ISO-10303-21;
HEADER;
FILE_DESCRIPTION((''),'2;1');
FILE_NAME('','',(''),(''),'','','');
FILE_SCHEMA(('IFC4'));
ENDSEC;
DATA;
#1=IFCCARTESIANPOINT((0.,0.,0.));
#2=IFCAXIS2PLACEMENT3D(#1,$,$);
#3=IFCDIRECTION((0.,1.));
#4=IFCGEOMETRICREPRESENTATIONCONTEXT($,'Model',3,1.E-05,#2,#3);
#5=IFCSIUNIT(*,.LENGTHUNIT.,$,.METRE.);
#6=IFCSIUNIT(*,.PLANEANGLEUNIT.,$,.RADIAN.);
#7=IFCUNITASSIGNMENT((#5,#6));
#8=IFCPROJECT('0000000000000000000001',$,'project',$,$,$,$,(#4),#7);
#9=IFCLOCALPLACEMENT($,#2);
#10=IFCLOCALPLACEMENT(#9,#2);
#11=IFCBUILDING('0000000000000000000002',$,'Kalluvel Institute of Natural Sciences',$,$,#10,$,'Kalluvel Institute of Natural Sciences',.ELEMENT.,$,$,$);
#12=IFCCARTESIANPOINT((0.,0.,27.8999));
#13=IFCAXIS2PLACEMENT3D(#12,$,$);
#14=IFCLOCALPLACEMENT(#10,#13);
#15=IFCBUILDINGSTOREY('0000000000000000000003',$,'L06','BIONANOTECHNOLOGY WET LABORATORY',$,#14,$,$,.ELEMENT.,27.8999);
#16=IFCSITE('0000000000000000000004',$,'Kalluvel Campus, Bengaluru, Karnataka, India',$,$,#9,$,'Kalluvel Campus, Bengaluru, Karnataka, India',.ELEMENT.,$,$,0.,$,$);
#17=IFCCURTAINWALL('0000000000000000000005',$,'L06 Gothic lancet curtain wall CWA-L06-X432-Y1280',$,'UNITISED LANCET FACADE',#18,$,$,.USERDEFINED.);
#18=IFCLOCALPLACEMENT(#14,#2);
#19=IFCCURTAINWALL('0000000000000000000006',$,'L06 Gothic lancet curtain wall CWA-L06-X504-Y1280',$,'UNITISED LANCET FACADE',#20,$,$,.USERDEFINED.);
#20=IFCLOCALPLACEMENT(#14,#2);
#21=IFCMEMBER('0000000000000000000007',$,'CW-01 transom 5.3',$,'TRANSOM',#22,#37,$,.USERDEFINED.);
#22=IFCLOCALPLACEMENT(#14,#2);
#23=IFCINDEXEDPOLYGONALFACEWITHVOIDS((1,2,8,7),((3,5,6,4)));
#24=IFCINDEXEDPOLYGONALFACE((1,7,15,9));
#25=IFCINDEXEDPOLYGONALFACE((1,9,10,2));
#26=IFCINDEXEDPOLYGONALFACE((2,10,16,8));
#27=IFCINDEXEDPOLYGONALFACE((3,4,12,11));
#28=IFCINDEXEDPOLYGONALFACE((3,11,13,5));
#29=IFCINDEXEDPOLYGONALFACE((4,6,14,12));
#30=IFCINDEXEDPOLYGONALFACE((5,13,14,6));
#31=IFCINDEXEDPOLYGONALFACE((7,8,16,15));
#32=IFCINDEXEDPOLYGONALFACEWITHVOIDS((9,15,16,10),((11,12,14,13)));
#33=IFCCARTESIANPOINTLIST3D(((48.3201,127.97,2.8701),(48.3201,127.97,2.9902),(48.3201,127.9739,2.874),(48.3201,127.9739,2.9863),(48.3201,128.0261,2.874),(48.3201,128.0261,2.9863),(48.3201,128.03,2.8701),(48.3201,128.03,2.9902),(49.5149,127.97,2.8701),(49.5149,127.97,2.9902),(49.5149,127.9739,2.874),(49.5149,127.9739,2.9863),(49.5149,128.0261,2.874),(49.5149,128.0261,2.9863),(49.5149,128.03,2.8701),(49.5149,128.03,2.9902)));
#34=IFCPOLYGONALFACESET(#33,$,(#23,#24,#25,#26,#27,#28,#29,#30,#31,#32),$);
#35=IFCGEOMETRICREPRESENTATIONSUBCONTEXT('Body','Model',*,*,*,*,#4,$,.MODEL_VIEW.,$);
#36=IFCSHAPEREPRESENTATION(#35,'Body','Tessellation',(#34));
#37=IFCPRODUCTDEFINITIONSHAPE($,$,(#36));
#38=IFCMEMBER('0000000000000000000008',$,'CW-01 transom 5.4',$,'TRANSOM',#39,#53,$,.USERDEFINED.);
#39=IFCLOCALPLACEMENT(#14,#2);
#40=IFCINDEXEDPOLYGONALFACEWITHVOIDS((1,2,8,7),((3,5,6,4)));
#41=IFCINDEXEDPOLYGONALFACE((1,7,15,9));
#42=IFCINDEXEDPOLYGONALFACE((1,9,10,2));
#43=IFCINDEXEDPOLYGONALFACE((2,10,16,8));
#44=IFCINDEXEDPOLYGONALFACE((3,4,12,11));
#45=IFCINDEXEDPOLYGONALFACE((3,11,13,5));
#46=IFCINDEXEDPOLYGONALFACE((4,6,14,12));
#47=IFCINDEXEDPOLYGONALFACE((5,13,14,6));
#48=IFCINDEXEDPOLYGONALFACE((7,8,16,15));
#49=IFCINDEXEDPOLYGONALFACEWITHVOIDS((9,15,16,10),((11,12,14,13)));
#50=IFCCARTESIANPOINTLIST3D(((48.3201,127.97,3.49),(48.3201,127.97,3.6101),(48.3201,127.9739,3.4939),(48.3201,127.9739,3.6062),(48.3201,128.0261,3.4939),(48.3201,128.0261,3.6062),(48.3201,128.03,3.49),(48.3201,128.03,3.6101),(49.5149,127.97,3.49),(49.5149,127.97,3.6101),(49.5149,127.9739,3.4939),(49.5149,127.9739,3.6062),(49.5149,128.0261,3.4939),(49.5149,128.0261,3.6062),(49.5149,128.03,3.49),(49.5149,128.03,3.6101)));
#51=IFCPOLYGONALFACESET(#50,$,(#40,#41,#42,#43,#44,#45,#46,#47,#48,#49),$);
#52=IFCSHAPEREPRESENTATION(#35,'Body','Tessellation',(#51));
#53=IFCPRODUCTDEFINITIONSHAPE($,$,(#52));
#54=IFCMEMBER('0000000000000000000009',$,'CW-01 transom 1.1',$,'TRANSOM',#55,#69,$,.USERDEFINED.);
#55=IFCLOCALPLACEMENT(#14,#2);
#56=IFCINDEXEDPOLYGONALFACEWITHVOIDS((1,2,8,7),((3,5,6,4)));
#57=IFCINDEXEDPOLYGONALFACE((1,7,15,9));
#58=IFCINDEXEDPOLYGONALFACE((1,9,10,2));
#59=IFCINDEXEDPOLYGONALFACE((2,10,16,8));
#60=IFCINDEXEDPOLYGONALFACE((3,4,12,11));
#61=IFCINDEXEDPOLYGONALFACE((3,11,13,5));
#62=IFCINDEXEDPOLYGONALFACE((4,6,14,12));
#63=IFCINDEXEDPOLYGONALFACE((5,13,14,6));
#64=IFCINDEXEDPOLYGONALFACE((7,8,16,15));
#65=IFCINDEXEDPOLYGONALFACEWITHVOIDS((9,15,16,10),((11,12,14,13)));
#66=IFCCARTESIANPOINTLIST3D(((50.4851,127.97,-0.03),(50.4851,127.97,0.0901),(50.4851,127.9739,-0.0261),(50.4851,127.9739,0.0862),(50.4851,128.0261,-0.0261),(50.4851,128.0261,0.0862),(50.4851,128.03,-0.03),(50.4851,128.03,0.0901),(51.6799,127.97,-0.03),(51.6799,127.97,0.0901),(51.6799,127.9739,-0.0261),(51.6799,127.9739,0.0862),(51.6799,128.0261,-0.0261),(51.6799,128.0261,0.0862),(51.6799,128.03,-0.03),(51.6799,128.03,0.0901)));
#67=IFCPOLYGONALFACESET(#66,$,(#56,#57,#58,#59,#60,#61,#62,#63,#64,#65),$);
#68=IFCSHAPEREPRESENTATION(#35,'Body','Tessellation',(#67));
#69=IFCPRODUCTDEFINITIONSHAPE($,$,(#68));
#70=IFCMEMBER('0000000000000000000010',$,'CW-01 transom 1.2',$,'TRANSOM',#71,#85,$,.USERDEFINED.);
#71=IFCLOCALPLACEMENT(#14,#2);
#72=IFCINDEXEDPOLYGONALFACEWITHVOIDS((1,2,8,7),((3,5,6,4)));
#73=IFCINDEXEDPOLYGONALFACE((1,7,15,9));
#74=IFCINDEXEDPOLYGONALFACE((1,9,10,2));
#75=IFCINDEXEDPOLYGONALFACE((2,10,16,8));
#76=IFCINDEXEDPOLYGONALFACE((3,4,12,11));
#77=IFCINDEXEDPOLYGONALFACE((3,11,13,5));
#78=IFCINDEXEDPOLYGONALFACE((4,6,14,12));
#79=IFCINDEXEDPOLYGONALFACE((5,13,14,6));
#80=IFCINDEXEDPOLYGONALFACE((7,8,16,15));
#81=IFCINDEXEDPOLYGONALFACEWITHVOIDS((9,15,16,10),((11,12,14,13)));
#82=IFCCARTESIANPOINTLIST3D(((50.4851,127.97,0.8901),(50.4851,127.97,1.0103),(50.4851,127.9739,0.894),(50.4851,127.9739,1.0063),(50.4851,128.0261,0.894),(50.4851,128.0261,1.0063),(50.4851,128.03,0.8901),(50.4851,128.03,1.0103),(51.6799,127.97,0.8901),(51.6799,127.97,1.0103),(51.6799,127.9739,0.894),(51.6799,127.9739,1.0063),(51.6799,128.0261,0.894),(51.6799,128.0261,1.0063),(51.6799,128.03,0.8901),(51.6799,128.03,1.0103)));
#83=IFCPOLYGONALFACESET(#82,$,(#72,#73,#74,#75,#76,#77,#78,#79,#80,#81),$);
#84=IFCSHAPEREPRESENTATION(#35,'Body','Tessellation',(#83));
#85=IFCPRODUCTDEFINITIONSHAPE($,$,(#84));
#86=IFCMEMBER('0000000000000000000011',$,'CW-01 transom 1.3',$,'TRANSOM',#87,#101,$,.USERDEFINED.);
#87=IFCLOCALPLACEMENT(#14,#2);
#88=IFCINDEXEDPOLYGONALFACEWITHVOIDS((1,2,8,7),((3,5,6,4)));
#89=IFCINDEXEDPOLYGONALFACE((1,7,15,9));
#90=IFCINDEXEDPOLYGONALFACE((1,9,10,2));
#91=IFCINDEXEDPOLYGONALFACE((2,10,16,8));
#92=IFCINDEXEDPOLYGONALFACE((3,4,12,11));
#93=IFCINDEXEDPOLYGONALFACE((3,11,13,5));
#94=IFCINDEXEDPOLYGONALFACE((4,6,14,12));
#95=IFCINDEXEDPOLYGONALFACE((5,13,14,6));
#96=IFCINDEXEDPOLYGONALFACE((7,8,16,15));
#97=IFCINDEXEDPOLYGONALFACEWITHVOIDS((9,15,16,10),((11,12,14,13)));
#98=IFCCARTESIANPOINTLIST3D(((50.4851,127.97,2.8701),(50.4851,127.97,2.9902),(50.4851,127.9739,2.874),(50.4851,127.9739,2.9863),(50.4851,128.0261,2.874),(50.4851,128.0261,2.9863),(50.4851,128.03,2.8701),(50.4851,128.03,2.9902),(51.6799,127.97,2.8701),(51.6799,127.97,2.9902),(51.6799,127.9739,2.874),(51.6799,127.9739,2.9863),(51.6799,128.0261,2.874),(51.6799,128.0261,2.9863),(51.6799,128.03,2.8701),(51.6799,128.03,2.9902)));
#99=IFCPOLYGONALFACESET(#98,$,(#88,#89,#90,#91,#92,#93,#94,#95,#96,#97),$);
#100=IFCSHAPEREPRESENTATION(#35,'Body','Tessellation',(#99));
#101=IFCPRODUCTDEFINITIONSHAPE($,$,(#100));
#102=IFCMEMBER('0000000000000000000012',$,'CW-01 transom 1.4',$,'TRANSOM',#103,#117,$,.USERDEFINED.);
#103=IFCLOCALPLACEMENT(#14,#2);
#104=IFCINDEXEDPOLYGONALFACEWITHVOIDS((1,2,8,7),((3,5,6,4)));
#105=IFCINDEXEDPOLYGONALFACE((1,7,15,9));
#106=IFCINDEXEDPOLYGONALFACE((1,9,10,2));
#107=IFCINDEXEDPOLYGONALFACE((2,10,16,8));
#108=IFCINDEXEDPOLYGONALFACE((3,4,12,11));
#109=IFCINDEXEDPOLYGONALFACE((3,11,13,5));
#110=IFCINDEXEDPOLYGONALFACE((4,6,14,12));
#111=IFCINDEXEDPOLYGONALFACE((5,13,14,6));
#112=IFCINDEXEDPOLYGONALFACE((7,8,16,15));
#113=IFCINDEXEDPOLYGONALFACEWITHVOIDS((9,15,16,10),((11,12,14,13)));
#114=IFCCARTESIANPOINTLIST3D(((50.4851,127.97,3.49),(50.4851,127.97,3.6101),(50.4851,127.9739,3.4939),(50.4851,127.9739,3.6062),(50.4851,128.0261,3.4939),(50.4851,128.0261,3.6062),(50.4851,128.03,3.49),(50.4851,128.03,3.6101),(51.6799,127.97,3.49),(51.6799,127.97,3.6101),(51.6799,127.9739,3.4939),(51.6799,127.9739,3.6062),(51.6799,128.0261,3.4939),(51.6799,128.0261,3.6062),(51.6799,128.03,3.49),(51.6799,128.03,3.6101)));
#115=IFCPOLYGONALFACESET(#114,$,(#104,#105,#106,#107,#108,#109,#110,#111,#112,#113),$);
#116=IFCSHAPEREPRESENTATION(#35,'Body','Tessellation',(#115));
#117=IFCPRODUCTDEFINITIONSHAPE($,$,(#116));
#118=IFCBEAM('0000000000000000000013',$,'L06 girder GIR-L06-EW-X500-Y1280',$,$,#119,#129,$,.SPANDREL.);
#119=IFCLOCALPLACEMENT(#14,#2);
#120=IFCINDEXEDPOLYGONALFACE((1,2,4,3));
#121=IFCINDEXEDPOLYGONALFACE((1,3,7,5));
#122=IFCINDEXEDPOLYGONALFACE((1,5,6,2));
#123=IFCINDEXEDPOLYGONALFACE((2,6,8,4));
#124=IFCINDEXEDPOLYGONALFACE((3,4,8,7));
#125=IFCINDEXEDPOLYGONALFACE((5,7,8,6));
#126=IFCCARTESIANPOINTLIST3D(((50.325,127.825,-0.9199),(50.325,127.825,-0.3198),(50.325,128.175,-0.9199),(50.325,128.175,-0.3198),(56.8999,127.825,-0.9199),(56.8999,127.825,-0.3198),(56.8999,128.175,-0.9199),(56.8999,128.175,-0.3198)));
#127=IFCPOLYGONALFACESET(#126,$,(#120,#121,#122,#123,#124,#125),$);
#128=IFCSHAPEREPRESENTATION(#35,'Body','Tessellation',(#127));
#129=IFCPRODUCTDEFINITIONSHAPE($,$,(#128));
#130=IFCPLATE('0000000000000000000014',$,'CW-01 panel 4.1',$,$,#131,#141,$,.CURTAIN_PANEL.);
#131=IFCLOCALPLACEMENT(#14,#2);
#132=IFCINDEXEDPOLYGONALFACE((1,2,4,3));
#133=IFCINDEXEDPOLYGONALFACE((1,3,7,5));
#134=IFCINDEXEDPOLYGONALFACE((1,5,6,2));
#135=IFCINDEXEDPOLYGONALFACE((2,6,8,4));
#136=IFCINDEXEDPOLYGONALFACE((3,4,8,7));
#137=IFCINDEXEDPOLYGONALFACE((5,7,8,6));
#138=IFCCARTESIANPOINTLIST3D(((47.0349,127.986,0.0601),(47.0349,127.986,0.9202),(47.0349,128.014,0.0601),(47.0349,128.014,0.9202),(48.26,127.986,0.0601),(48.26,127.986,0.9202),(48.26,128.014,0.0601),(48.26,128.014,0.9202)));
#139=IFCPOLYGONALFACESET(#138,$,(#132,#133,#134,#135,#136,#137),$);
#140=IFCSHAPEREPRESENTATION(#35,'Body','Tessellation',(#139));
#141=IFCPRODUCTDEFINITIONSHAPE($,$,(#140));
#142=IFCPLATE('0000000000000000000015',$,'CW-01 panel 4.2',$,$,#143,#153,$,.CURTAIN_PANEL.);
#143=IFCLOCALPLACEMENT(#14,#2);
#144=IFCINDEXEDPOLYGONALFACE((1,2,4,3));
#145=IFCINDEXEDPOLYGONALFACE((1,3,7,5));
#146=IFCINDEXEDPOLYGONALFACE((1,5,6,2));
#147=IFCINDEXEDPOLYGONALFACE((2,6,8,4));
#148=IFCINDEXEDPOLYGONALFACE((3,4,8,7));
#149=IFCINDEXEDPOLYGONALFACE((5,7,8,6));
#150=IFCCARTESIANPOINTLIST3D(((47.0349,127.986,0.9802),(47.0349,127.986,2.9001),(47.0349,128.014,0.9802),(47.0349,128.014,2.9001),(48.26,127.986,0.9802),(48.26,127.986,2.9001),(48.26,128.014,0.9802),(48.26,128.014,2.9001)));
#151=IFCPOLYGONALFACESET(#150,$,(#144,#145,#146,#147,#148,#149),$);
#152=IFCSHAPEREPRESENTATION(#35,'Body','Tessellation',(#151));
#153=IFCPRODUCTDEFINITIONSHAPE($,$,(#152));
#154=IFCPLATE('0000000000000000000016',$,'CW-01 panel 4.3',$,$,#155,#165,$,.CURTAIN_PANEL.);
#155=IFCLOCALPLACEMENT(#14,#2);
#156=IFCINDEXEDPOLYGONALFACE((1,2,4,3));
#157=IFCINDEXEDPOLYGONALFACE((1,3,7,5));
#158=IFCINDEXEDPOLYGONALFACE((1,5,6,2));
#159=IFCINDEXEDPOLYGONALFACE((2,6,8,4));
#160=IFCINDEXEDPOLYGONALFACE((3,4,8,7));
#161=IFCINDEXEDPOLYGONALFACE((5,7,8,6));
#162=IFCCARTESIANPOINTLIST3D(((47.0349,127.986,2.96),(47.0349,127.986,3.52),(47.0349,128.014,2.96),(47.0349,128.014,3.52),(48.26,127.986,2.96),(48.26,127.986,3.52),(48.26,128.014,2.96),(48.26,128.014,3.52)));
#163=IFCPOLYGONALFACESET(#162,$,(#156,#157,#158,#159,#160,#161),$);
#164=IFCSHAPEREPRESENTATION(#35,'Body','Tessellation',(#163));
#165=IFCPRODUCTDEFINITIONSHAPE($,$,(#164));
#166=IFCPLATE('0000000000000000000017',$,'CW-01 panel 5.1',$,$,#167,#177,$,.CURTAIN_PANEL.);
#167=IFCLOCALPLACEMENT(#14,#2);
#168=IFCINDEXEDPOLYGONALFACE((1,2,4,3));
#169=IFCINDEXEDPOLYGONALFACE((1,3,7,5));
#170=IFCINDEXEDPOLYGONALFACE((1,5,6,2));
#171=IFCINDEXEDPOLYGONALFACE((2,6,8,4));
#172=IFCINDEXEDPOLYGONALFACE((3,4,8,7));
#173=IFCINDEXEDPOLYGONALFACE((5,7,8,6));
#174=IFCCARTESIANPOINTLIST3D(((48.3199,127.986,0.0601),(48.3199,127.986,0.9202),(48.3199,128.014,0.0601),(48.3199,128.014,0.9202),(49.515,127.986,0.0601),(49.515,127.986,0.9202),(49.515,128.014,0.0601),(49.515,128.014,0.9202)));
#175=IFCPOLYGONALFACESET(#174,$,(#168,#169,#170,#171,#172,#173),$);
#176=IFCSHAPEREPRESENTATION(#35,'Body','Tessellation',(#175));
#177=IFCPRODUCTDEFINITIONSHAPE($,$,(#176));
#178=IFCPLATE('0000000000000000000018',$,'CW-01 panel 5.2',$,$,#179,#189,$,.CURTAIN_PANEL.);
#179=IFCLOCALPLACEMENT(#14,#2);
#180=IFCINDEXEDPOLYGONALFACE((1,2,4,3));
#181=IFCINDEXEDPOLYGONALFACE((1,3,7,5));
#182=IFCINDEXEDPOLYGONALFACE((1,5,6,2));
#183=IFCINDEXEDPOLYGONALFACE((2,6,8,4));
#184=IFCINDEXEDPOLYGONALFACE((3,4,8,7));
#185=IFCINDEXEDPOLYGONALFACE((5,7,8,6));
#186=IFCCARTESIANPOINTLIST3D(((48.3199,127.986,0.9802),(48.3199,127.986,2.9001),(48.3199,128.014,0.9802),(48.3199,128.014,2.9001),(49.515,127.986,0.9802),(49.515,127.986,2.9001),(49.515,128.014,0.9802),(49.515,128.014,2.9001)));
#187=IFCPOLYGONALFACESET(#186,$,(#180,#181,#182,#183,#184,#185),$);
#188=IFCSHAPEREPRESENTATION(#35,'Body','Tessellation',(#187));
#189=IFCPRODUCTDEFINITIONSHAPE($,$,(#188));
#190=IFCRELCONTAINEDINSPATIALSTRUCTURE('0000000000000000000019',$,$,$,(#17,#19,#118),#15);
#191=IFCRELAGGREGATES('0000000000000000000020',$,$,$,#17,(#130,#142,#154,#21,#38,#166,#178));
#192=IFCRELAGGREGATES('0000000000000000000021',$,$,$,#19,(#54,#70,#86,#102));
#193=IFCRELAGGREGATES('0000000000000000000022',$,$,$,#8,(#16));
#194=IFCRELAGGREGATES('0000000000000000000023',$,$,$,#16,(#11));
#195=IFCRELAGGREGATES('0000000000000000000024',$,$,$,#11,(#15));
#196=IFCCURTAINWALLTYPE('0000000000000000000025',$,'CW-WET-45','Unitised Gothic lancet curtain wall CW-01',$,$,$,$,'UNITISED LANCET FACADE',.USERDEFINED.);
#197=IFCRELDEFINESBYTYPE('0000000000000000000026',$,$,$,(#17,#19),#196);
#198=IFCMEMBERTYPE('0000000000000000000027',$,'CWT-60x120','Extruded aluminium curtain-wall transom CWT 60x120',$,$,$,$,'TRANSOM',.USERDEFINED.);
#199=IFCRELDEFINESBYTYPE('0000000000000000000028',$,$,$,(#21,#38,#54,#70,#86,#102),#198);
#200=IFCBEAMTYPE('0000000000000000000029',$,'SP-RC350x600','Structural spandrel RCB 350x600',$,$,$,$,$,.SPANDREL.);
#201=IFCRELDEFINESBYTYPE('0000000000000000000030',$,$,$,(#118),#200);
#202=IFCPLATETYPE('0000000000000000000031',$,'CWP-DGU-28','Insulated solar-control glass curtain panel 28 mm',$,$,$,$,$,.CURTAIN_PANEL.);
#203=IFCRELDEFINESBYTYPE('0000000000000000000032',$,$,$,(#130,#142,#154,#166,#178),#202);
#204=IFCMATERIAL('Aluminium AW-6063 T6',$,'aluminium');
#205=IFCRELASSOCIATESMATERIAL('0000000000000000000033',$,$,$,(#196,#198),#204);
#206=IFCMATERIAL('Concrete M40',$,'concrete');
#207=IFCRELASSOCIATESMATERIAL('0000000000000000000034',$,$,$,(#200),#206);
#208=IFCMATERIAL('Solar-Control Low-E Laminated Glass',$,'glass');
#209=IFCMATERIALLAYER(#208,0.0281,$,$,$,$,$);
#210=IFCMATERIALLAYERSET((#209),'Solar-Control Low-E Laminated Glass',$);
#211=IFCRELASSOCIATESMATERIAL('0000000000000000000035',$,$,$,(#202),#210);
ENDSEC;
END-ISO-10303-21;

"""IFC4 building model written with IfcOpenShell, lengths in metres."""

from ifc_helpers import new_model, si_unit, direction, frame, origin, origin_2d, place, context, subcontext, project, spatial, rectangle, hollow_rectangle, extrude, material, layer, layer_set, material_profile, profile_set, type_object, element, aggregate, save


model = new_model("IFC4")

# Units and contexts
model_context = context("Model", 3, precision=1e-05, world=origin(), true_north=direction((0.0, 1.0)))
body_context = subcontext(model_context, "Body", "Model", "MODEL_VIEW")
ifc_project = project(units=[si_unit("LENGTHUNIT", "METRE"), si_unit("PLANEANGLEUNIT", "RADIAN")], contexts=[model_context])

# Site, building, storey
site_placement = place(None, origin())
site = spatial("IfcSite", under=ifc_project, at=site_placement, Name="Kalluvel Campus, Bengaluru, Karnataka, India", LongName="Kalluvel Campus, Bengaluru, Karnataka, India", CompositionType="ELEMENT", RefElevation=0.0)
building_placement = place(site_placement, origin())
building = spatial("IfcBuilding", under=site, at=building_placement, Name="Kalluvel Institute of Natural Sciences", LongName="Kalluvel Institute of Natural Sciences", CompositionType="ELEMENT")
storey_placement = place(building_placement, frame((0.0, 0.0, 27.8999)))
storey = spatial("IfcBuildingStorey", under=building, at=storey_placement, Name="L06", Description="BIONANOTECHNOLOGY WET LABORATORY", CompositionType="ELEMENT", Elevation=27.8999)

# Shared definitions
ifc_material_1 = material(Name="Concrete M40", Category="concrete")

# Curtain walls
ifc_material_2 = material(Name="Aluminium AW-6063 T6", Category="aluminium")
curtain_wall_type = type_object("IfcCurtainWallType", Name="CW-WET-45", Description="Unitised Gothic lancet curtain wall CW-01", ElementType="UNITISED LANCET FACADE", PredefinedType="USERDEFINED", material=ifc_material_2)
curtain_wall_1_placement = place(storey_placement, origin())
curtain_wall_1 = element("IfcCurtainWall", 1, at=curtain_wall_1_placement, inside=storey, type_object=curtain_wall_type, Name="L06 Gothic lancet curtain wall CWA-L06-X432-Y1280", ObjectType="UNITISED LANCET FACADE", PredefinedType="USERDEFINED")
curtain_wall_2_placement = place(storey_placement, origin())
curtain_wall_2 = element("IfcCurtainWall", 2, at=curtain_wall_2_placement, inside=storey, type_object=curtain_wall_type, Name="L06 Gothic lancet curtain wall CWA-L06-X504-Y1280", ObjectType="UNITISED LANCET FACADE", PredefinedType="USERDEFINED")

# Members
ifc_material_profile_1 = material_profile(ifc_material_2, hollow_rectangle(XDim=0.0601, YDim=0.1201, WallThickness=0.0039, at=origin_2d()), Name="CWT 60x120")
ifc_profile_set_1 = profile_set([ifc_material_profile_1], Name="Aluminium AW-6063 T6")
member_type_1 = type_object("IfcMemberType", Name="CWT-60x120", Description="Extruded aluminium curtain-wall transom CWT 60x120", ElementType="TRANSOM", PredefinedType="USERDEFINED", material=ifc_profile_set_1)
member_1_placement = place(storey_placement, frame((48.3201, 128.0, 2.9302), z_axis=(1.0, 0.0, 0.0), x_axis=(0.0, 1.0, 0.0)))
member_1 = element("IfcMember", 3, at=member_1_placement, type_object=member_type_1, Name="CW-01 transom 5.3", ObjectType="TRANSOM", PredefinedType="USERDEFINED", context=body_context, shape_type="SweptSolid", body=[
    extrude(hollow_rectangle(XDim=0.0601, YDim=0.1201, WallThickness=0.0039, at=origin_2d()), origin(), (0.0, 0.0, 1.0), 1.1948),
])
member_2_placement = place(storey_placement, frame((48.3201, 128.0, 3.55), z_axis=(1.0, 0.0, 0.0), x_axis=(0.0, 1.0, 0.0)))
member_2 = element("IfcMember", 4, at=member_2_placement, type_object=member_type_1, Name="CW-01 transom 5.4", ObjectType="TRANSOM", PredefinedType="USERDEFINED", context=body_context, shape_type="SweptSolid", body=[
    extrude(hollow_rectangle(XDim=0.0601, YDim=0.1201, WallThickness=0.0039, at=origin_2d()), origin(), (0.0, 0.0, 1.0), 1.1948),
])
member_3_placement = place(storey_placement, frame((50.4851, 128.0, 0.03), z_axis=(1.0, 0.0, 0.0), x_axis=(0.0, 1.0, 0.0)))
member_3 = element("IfcMember", 5, at=member_3_placement, type_object=member_type_1, Name="CW-01 transom 1.1", ObjectType="TRANSOM", PredefinedType="USERDEFINED", context=body_context, shape_type="SweptSolid", body=[
    extrude(hollow_rectangle(XDim=0.0601, YDim=0.1201, WallThickness=0.0039, at=origin_2d()), origin(), (0.0, 0.0, 1.0), 1.1948),
])
member_4_placement = place(storey_placement, frame((50.4851, 128.0, 0.9502), z_axis=(1.0, 0.0, 0.0), x_axis=(0.0, 1.0, 0.0)))
member_4 = element("IfcMember", 6, at=member_4_placement, type_object=member_type_1, Name="CW-01 transom 1.2", ObjectType="TRANSOM", PredefinedType="USERDEFINED", context=body_context, shape_type="SweptSolid", body=[
    extrude(hollow_rectangle(XDim=0.0601, YDim=0.1201, WallThickness=0.0039, at=origin_2d()), origin(), (0.0, 0.0, 1.0), 1.1948),
])
member_5_placement = place(storey_placement, frame((50.4851, 128.0, 2.9302), z_axis=(1.0, 0.0, 0.0), x_axis=(0.0, 1.0, 0.0)))
member_5 = element("IfcMember", 7, at=member_5_placement, type_object=member_type_1, Name="CW-01 transom 1.3", ObjectType="TRANSOM", PredefinedType="USERDEFINED", context=body_context, shape_type="SweptSolid", body=[
    extrude(hollow_rectangle(XDim=0.0601, YDim=0.1201, WallThickness=0.0039, at=origin_2d()), origin(), (0.0, 0.0, 1.0), 1.1948),
])
member_6_placement = place(storey_placement, frame((50.4851, 128.0, 3.55), z_axis=(1.0, 0.0, 0.0), x_axis=(0.0, 1.0, 0.0)))
member_6 = element("IfcMember", 8, at=member_6_placement, type_object=member_type_1, Name="CW-01 transom 1.4", ObjectType="TRANSOM", PredefinedType="USERDEFINED", context=body_context, shape_type="SweptSolid", body=[
    extrude(hollow_rectangle(XDim=0.0601, YDim=0.1201, WallThickness=0.0039, at=origin_2d()), origin(), (0.0, 0.0, 1.0), 1.1948),
])

# Beam
ifc_material_profile_2 = material_profile(ifc_material_1, rectangle(XDim=0.3501, YDim=0.6001, at=origin_2d()), Name="RCB 350x600")
ifc_profile_set_2 = profile_set([ifc_material_profile_2], Name="Concrete M40")
beam_type = type_object("IfcBeamType", Name="SP-RC350x600", Description="Structural spandrel RCB 350x600", PredefinedType="SPANDREL", material=ifc_profile_set_2)
beam_placement = place(storey_placement, frame((50.325, 128.0, -0.6199), z_axis=(1.0, 0.0, 0.0), x_axis=(0.0, 1.0, 0.0)))
element("IfcBeam", 9, at=beam_placement, inside=storey, type_object=beam_type, Name="L06 girder GIR-L06-EW-X500-Y1280", PredefinedType="SPANDREL", context=body_context, shape_type="SweptSolid", body=[
    extrude(rectangle(XDim=0.3501, YDim=0.6001, at=origin_2d()), origin(), (0.0, 0.0, 1.0), 6.575),
])

# Plates
ifc_material_3 = material(Name="Solar-Control Low-E Laminated Glass", Category="glass")
ifc_layer = layer(ifc_material_3, 0.0281)
ifc_layer_set = layer_set([ifc_layer], Name="Solar-Control Low-E Laminated Glass")
plate_type = type_object("IfcPlateType", Name="CWP-DGU-28", Description="Insulated solar-control glass curtain panel 28 mm", PredefinedType="CURTAIN_PANEL", material=ifc_layer_set)
plate_1_placement = place(storey_placement, frame((47.6475, 128.0, 0.0601), z_axis=(0.0, 0.0, 1.0), x_axis=(1.0, 0.0, 0.0)))
plate_1 = element("IfcPlate", 10, at=plate_1_placement, type_object=plate_type, Name="CW-01 panel 4.1", PredefinedType="CURTAIN_PANEL", context=body_context, shape_type="SweptSolid", body=[
    extrude(rectangle(XDim=1.2251, YDim=0.0281, at=origin_2d()), origin(), (0.0, 0.0, 1.0), 0.8601),
])
plate_2_placement = place(storey_placement, frame((47.6475, 128.0, 0.9802), z_axis=(0.0, 0.0, 1.0), x_axis=(1.0, 0.0, 0.0)))
plate_2 = element("IfcPlate", 11, at=plate_2_placement, type_object=plate_type, Name="CW-01 panel 4.2", PredefinedType="CURTAIN_PANEL", context=body_context, shape_type="SweptSolid", body=[
    extrude(rectangle(XDim=1.2251, YDim=0.0281, at=origin_2d()), origin(), (0.0, 0.0, 1.0), 1.9199),
])
plate_3_placement = place(storey_placement, frame((47.6475, 128.0, 2.96), z_axis=(0.0, 0.0, 1.0), x_axis=(1.0, 0.0, 0.0)))
plate_3 = element("IfcPlate", 12, at=plate_3_placement, type_object=plate_type, Name="CW-01 panel 4.3", PredefinedType="CURTAIN_PANEL", context=body_context, shape_type="SweptSolid", body=[
    extrude(rectangle(XDim=1.2251, YDim=0.0281, at=origin_2d()), origin(), (0.0, 0.0, 1.0), 0.5601),
])
plate_4_placement = place(storey_placement, frame((48.9175, 128.0, 0.0601), z_axis=(0.0, 0.0, 1.0), x_axis=(1.0, 0.0, 0.0)))
plate_4 = element("IfcPlate", 13, at=plate_4_placement, type_object=plate_type, Name="CW-01 panel 5.1", PredefinedType="CURTAIN_PANEL", context=body_context, shape_type="SweptSolid", body=[
    extrude(rectangle(XDim=1.1951, YDim=0.0281, at=origin_2d()), origin(), (0.0, 0.0, 1.0), 0.8601),
])
plate_5_placement = place(storey_placement, frame((48.9175, 128.0, 0.9802), z_axis=(0.0, 0.0, 1.0), x_axis=(1.0, 0.0, 0.0)))
plate_5 = element("IfcPlate", 14, at=plate_5_placement, type_object=plate_type, Name="CW-01 panel 5.2", PredefinedType="CURTAIN_PANEL", context=body_context, shape_type="SweptSolid", body=[
    extrude(rectangle(XDim=1.1951, YDim=0.0281, at=origin_2d()), origin(), (0.0, 0.0, 1.0), 1.9199),
])
aggregate(curtain_wall_1, [plate_1, plate_2, plate_3, member_1, member_2, plate_4, plate_5])
aggregate(curtain_wall_2, [member_3, member_4, member_5, member_6])

save(model, "model.ifc")
